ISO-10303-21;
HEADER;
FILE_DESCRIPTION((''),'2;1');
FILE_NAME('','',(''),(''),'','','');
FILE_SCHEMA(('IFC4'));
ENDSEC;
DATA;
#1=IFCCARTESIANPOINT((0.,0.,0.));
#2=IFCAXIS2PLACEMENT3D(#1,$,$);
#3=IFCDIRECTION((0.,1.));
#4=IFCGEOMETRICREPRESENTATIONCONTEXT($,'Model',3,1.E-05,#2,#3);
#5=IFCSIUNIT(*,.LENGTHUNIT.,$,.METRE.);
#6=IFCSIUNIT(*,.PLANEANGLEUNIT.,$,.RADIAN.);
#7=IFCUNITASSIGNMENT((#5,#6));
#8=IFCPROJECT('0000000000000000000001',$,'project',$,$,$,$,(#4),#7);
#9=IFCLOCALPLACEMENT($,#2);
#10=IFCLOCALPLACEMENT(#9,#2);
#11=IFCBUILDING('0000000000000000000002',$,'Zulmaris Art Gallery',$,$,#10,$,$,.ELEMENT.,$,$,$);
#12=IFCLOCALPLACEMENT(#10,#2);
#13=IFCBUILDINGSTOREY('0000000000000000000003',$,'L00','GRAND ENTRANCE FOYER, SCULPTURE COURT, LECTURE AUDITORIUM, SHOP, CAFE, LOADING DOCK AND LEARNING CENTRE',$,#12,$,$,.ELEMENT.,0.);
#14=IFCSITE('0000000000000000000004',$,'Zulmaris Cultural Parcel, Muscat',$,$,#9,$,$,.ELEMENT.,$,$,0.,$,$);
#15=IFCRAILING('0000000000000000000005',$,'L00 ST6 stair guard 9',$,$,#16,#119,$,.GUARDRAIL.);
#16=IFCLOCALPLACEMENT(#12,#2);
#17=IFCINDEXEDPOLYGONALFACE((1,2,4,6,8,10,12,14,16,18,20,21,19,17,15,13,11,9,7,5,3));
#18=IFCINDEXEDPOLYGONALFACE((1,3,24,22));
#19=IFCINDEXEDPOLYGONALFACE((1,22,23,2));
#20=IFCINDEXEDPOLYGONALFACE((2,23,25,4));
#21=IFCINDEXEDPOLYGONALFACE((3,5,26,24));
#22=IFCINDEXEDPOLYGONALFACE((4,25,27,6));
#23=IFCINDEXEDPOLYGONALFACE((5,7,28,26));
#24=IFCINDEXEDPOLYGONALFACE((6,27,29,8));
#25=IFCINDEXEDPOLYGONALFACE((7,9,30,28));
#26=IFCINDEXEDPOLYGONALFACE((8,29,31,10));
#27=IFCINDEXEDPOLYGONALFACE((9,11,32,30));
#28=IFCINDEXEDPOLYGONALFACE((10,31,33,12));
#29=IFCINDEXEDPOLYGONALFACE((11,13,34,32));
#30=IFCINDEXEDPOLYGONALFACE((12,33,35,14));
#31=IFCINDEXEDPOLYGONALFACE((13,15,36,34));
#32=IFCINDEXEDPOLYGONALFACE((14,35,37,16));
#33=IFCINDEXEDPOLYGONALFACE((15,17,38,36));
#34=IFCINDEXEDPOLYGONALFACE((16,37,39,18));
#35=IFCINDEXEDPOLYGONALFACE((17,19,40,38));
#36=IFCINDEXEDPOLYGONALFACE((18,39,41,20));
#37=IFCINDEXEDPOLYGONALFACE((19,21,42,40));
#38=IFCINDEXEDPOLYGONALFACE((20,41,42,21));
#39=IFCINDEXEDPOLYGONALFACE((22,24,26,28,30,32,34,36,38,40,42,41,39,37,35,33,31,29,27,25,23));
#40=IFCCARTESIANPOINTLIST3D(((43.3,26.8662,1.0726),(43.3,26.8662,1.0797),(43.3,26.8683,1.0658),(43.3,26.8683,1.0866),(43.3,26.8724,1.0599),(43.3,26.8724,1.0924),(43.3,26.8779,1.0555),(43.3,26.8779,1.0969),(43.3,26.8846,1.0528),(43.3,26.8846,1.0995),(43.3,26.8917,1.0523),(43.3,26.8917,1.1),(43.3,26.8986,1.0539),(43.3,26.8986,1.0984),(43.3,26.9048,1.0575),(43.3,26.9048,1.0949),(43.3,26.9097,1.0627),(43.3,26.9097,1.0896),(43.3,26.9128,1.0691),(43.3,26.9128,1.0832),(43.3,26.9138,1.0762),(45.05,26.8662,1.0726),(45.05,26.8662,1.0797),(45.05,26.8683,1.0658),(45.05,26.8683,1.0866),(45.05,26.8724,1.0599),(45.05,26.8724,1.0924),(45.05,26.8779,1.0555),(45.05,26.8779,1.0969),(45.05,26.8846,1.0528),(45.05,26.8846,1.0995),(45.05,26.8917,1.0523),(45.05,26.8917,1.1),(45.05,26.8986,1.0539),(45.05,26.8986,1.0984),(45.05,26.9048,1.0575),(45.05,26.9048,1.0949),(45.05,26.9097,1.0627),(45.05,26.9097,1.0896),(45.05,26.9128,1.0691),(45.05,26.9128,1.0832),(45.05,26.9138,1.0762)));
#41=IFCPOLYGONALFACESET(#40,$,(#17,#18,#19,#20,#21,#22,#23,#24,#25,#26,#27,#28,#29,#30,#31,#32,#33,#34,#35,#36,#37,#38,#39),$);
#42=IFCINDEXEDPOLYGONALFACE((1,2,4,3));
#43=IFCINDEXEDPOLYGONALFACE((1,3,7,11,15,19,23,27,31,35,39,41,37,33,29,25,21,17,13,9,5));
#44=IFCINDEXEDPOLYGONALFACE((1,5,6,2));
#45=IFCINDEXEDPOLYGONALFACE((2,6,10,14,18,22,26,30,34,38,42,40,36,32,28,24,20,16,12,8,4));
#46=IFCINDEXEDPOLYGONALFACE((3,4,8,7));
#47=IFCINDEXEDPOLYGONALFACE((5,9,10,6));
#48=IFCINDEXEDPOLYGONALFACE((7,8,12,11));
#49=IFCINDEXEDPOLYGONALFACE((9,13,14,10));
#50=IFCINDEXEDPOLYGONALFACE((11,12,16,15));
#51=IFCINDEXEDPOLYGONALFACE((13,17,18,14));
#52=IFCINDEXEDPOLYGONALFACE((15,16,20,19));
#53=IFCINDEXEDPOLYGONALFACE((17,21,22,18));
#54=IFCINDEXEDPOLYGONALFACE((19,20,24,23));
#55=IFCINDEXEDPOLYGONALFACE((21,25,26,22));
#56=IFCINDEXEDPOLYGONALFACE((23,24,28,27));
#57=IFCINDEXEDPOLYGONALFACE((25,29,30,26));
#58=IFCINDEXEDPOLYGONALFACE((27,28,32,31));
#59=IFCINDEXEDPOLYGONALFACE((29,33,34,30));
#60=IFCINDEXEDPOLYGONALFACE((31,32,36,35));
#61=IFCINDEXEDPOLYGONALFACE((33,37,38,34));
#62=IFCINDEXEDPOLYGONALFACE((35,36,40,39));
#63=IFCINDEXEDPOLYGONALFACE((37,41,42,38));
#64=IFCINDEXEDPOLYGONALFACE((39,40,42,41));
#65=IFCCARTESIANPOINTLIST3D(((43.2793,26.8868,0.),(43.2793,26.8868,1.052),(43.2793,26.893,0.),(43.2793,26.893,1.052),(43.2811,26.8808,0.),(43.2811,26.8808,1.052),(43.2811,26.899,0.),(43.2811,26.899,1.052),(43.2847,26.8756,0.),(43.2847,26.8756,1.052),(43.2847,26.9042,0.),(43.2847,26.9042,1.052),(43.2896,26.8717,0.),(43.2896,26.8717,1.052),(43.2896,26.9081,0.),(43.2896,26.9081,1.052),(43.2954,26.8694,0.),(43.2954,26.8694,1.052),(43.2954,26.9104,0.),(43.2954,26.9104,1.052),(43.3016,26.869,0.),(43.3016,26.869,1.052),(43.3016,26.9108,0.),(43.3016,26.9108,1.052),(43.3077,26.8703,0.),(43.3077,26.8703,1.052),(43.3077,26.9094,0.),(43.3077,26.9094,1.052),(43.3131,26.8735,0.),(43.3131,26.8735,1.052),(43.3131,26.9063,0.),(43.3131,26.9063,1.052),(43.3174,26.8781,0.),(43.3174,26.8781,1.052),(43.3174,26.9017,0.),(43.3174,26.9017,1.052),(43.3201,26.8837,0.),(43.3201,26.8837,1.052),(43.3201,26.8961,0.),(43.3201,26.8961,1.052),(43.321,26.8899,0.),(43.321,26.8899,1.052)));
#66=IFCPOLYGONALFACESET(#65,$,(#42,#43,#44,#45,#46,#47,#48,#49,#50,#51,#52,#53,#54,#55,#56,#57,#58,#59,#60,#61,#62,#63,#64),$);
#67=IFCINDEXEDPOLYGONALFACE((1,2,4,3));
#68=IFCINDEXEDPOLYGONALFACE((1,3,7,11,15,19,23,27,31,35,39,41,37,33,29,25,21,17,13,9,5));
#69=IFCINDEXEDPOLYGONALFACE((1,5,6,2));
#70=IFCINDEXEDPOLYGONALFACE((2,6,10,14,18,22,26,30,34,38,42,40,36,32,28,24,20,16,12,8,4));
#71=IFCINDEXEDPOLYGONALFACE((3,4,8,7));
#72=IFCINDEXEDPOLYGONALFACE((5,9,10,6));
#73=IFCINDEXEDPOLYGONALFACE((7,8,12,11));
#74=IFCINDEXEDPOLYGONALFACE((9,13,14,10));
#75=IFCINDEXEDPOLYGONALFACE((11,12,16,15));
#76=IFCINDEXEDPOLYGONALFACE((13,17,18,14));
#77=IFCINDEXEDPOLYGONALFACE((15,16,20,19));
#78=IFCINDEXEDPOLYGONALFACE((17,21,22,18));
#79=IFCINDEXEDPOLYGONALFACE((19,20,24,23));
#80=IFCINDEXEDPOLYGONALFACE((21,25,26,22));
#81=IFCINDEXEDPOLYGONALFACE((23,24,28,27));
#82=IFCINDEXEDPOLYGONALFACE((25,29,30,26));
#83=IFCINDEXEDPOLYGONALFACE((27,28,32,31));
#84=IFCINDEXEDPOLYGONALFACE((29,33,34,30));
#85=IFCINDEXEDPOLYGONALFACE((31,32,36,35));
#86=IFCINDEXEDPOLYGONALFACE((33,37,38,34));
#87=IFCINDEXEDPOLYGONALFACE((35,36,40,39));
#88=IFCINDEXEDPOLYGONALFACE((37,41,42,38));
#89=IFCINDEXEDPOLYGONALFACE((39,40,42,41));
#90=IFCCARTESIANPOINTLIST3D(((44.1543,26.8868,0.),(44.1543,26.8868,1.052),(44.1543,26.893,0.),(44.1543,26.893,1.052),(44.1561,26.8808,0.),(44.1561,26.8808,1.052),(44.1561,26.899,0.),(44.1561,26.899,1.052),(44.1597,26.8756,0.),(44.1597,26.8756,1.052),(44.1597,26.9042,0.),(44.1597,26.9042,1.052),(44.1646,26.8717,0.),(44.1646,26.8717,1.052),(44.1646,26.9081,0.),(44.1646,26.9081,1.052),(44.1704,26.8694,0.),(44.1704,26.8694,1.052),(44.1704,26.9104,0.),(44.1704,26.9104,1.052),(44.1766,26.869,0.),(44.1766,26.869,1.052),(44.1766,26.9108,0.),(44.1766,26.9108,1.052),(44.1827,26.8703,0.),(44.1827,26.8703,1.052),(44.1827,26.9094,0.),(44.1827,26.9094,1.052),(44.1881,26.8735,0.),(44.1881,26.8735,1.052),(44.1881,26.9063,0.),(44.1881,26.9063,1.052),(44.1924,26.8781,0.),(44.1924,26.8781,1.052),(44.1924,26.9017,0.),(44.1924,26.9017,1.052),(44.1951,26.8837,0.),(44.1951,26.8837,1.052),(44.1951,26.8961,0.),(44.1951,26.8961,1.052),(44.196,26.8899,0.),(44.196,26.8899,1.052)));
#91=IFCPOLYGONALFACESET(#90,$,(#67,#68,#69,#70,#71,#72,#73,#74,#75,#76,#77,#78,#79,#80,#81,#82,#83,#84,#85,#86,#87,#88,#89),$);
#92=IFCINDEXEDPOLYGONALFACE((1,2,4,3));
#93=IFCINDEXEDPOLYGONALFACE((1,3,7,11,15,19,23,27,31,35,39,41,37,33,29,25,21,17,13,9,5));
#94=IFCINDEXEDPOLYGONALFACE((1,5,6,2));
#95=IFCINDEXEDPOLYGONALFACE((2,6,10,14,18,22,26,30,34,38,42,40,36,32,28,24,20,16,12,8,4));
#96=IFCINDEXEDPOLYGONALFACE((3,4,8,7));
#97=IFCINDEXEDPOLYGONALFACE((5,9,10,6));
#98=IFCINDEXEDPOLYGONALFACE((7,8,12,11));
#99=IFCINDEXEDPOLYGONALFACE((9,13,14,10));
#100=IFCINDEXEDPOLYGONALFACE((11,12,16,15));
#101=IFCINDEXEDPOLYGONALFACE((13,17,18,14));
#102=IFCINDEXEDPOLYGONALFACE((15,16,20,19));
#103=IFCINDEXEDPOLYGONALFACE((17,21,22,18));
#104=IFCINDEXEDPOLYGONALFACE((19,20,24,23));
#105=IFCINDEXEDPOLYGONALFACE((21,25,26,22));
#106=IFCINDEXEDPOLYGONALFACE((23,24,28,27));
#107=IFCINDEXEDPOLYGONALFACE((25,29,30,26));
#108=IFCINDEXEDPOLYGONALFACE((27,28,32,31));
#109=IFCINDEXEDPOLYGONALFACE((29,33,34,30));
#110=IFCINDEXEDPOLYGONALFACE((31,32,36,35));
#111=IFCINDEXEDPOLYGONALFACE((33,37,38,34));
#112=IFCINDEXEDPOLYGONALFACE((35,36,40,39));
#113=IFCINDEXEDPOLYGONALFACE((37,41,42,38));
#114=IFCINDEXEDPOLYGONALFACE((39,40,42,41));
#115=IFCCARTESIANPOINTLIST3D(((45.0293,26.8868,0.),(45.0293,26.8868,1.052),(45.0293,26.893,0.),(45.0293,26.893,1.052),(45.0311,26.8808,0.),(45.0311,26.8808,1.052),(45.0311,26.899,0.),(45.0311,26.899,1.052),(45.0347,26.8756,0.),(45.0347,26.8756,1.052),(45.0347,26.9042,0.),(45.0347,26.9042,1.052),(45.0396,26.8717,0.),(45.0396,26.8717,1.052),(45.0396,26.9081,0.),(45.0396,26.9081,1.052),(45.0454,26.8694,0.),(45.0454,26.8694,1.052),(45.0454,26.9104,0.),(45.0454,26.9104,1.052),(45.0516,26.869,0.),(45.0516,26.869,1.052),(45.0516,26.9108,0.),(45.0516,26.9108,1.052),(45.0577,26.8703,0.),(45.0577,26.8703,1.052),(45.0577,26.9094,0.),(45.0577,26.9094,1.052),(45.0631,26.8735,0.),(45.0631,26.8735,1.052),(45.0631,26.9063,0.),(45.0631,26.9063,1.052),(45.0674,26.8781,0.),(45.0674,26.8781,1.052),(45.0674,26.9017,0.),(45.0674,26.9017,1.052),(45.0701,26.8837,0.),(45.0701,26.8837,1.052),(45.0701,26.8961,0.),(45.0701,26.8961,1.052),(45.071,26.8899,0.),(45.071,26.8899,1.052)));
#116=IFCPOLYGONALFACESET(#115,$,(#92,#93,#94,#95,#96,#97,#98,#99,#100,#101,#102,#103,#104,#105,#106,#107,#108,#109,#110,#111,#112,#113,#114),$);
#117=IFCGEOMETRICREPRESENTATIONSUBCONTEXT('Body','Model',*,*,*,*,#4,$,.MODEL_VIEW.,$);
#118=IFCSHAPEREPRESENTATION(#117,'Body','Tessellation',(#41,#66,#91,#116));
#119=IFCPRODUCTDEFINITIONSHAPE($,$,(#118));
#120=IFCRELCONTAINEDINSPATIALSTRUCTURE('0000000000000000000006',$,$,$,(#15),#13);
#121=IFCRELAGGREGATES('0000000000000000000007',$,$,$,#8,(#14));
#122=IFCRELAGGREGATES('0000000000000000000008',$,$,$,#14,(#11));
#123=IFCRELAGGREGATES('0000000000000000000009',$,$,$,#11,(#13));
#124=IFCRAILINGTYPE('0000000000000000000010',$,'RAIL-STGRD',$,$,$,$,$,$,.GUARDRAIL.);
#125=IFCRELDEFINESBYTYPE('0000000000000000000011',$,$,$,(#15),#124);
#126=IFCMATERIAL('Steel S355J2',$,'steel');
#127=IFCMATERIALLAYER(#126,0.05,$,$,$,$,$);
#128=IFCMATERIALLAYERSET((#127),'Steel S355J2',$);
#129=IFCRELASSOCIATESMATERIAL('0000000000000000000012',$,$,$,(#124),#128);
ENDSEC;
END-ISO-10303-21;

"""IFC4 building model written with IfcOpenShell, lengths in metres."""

from ifc_helpers import new_model, si_unit, direction, frame, origin, origin_2d, place, context, subcontext, project, spatial, circle, extrude, material, layer, layer_set, type_object, element, save


model = new_model("IFC4")

# Units and contexts
model_context = context("Model", 3, precision=1e-05, world=origin(), true_north=direction((0.0, 1.0)))
body_context = subcontext(model_context, "Body", "Model", "MODEL_VIEW")
ifc_project = project(units=[si_unit("LENGTHUNIT", "METRE"), si_unit("PLANEANGLEUNIT", "RADIAN")], contexts=[model_context])

# Site, building, storey
site_placement = place(None, origin())
site = spatial("IfcSite", under=ifc_project, at=site_placement, Name="Zulmaris Cultural Parcel, Muscat", CompositionType="ELEMENT", RefElevation=0.0)
building_placement = place(site_placement, origin())
building = spatial("IfcBuilding", under=site, at=building_placement, Name="Zulmaris Art Gallery", CompositionType="ELEMENT")
storey_placement = place(building_placement, origin())
storey = spatial("IfcBuildingStorey", under=building, at=storey_placement, Name="L00", Description="GRAND ENTRANCE FOYER, SCULPTURE COURT, LECTURE AUDITORIUM, SHOP, CAFE, LOADING DOCK AND LEARNING CENTRE", CompositionType="ELEMENT", Elevation=0.0)

# Shared definitions
ifc_material_1 = material(Name="Steel S355J2", Category="steel")

# Railing
ifc_layer_1 = layer(ifc_material_1, 0.05)
ifc_layer_set_1 = layer_set([ifc_layer_1], Name="Steel S355J2")
railing_type_1 = type_object("IfcRailingType", Name="RAIL-STGRD", PredefinedType="GUARDRAIL", material=ifc_layer_set_1)
for number, where, name in (
    (1, (43.3, 26.8899, 0.0), "L00 ST6 stair guard 9"),
):
    element("IfcRailing", number, at=place(storey_placement, frame(where)), inside=storey, type_object=railing_type_1, Name=name, PredefinedType="GUARDRAIL", context=body_context, shape_type="SweptSolid", body=[
        extrude(circle(Radius=0.0239, at=origin_2d()), frame((0.0, 0.0, 1.0762), z_axis=(1.0, 0.0, 0.0), x_axis=(0.0, 1.0, 0.0)), (0.0, 0.0, 1.0), 1.75),
        extrude(circle(Radius=0.021, at=origin_2d()), origin(), (0.0, 0.0, 1.0), 1.052),
        extrude(circle(Radius=0.021, at=origin_2d()), frame((0.875, 0.0, 0.0)), (0.0, 0.0, 1.0), 1.052),
        extrude(circle(Radius=0.021, at=origin_2d()), frame((1.75, 0.0, 0.0)), (0.0, 0.0, 1.0), 1.052),
    ])

save(model, "model.ifc")
